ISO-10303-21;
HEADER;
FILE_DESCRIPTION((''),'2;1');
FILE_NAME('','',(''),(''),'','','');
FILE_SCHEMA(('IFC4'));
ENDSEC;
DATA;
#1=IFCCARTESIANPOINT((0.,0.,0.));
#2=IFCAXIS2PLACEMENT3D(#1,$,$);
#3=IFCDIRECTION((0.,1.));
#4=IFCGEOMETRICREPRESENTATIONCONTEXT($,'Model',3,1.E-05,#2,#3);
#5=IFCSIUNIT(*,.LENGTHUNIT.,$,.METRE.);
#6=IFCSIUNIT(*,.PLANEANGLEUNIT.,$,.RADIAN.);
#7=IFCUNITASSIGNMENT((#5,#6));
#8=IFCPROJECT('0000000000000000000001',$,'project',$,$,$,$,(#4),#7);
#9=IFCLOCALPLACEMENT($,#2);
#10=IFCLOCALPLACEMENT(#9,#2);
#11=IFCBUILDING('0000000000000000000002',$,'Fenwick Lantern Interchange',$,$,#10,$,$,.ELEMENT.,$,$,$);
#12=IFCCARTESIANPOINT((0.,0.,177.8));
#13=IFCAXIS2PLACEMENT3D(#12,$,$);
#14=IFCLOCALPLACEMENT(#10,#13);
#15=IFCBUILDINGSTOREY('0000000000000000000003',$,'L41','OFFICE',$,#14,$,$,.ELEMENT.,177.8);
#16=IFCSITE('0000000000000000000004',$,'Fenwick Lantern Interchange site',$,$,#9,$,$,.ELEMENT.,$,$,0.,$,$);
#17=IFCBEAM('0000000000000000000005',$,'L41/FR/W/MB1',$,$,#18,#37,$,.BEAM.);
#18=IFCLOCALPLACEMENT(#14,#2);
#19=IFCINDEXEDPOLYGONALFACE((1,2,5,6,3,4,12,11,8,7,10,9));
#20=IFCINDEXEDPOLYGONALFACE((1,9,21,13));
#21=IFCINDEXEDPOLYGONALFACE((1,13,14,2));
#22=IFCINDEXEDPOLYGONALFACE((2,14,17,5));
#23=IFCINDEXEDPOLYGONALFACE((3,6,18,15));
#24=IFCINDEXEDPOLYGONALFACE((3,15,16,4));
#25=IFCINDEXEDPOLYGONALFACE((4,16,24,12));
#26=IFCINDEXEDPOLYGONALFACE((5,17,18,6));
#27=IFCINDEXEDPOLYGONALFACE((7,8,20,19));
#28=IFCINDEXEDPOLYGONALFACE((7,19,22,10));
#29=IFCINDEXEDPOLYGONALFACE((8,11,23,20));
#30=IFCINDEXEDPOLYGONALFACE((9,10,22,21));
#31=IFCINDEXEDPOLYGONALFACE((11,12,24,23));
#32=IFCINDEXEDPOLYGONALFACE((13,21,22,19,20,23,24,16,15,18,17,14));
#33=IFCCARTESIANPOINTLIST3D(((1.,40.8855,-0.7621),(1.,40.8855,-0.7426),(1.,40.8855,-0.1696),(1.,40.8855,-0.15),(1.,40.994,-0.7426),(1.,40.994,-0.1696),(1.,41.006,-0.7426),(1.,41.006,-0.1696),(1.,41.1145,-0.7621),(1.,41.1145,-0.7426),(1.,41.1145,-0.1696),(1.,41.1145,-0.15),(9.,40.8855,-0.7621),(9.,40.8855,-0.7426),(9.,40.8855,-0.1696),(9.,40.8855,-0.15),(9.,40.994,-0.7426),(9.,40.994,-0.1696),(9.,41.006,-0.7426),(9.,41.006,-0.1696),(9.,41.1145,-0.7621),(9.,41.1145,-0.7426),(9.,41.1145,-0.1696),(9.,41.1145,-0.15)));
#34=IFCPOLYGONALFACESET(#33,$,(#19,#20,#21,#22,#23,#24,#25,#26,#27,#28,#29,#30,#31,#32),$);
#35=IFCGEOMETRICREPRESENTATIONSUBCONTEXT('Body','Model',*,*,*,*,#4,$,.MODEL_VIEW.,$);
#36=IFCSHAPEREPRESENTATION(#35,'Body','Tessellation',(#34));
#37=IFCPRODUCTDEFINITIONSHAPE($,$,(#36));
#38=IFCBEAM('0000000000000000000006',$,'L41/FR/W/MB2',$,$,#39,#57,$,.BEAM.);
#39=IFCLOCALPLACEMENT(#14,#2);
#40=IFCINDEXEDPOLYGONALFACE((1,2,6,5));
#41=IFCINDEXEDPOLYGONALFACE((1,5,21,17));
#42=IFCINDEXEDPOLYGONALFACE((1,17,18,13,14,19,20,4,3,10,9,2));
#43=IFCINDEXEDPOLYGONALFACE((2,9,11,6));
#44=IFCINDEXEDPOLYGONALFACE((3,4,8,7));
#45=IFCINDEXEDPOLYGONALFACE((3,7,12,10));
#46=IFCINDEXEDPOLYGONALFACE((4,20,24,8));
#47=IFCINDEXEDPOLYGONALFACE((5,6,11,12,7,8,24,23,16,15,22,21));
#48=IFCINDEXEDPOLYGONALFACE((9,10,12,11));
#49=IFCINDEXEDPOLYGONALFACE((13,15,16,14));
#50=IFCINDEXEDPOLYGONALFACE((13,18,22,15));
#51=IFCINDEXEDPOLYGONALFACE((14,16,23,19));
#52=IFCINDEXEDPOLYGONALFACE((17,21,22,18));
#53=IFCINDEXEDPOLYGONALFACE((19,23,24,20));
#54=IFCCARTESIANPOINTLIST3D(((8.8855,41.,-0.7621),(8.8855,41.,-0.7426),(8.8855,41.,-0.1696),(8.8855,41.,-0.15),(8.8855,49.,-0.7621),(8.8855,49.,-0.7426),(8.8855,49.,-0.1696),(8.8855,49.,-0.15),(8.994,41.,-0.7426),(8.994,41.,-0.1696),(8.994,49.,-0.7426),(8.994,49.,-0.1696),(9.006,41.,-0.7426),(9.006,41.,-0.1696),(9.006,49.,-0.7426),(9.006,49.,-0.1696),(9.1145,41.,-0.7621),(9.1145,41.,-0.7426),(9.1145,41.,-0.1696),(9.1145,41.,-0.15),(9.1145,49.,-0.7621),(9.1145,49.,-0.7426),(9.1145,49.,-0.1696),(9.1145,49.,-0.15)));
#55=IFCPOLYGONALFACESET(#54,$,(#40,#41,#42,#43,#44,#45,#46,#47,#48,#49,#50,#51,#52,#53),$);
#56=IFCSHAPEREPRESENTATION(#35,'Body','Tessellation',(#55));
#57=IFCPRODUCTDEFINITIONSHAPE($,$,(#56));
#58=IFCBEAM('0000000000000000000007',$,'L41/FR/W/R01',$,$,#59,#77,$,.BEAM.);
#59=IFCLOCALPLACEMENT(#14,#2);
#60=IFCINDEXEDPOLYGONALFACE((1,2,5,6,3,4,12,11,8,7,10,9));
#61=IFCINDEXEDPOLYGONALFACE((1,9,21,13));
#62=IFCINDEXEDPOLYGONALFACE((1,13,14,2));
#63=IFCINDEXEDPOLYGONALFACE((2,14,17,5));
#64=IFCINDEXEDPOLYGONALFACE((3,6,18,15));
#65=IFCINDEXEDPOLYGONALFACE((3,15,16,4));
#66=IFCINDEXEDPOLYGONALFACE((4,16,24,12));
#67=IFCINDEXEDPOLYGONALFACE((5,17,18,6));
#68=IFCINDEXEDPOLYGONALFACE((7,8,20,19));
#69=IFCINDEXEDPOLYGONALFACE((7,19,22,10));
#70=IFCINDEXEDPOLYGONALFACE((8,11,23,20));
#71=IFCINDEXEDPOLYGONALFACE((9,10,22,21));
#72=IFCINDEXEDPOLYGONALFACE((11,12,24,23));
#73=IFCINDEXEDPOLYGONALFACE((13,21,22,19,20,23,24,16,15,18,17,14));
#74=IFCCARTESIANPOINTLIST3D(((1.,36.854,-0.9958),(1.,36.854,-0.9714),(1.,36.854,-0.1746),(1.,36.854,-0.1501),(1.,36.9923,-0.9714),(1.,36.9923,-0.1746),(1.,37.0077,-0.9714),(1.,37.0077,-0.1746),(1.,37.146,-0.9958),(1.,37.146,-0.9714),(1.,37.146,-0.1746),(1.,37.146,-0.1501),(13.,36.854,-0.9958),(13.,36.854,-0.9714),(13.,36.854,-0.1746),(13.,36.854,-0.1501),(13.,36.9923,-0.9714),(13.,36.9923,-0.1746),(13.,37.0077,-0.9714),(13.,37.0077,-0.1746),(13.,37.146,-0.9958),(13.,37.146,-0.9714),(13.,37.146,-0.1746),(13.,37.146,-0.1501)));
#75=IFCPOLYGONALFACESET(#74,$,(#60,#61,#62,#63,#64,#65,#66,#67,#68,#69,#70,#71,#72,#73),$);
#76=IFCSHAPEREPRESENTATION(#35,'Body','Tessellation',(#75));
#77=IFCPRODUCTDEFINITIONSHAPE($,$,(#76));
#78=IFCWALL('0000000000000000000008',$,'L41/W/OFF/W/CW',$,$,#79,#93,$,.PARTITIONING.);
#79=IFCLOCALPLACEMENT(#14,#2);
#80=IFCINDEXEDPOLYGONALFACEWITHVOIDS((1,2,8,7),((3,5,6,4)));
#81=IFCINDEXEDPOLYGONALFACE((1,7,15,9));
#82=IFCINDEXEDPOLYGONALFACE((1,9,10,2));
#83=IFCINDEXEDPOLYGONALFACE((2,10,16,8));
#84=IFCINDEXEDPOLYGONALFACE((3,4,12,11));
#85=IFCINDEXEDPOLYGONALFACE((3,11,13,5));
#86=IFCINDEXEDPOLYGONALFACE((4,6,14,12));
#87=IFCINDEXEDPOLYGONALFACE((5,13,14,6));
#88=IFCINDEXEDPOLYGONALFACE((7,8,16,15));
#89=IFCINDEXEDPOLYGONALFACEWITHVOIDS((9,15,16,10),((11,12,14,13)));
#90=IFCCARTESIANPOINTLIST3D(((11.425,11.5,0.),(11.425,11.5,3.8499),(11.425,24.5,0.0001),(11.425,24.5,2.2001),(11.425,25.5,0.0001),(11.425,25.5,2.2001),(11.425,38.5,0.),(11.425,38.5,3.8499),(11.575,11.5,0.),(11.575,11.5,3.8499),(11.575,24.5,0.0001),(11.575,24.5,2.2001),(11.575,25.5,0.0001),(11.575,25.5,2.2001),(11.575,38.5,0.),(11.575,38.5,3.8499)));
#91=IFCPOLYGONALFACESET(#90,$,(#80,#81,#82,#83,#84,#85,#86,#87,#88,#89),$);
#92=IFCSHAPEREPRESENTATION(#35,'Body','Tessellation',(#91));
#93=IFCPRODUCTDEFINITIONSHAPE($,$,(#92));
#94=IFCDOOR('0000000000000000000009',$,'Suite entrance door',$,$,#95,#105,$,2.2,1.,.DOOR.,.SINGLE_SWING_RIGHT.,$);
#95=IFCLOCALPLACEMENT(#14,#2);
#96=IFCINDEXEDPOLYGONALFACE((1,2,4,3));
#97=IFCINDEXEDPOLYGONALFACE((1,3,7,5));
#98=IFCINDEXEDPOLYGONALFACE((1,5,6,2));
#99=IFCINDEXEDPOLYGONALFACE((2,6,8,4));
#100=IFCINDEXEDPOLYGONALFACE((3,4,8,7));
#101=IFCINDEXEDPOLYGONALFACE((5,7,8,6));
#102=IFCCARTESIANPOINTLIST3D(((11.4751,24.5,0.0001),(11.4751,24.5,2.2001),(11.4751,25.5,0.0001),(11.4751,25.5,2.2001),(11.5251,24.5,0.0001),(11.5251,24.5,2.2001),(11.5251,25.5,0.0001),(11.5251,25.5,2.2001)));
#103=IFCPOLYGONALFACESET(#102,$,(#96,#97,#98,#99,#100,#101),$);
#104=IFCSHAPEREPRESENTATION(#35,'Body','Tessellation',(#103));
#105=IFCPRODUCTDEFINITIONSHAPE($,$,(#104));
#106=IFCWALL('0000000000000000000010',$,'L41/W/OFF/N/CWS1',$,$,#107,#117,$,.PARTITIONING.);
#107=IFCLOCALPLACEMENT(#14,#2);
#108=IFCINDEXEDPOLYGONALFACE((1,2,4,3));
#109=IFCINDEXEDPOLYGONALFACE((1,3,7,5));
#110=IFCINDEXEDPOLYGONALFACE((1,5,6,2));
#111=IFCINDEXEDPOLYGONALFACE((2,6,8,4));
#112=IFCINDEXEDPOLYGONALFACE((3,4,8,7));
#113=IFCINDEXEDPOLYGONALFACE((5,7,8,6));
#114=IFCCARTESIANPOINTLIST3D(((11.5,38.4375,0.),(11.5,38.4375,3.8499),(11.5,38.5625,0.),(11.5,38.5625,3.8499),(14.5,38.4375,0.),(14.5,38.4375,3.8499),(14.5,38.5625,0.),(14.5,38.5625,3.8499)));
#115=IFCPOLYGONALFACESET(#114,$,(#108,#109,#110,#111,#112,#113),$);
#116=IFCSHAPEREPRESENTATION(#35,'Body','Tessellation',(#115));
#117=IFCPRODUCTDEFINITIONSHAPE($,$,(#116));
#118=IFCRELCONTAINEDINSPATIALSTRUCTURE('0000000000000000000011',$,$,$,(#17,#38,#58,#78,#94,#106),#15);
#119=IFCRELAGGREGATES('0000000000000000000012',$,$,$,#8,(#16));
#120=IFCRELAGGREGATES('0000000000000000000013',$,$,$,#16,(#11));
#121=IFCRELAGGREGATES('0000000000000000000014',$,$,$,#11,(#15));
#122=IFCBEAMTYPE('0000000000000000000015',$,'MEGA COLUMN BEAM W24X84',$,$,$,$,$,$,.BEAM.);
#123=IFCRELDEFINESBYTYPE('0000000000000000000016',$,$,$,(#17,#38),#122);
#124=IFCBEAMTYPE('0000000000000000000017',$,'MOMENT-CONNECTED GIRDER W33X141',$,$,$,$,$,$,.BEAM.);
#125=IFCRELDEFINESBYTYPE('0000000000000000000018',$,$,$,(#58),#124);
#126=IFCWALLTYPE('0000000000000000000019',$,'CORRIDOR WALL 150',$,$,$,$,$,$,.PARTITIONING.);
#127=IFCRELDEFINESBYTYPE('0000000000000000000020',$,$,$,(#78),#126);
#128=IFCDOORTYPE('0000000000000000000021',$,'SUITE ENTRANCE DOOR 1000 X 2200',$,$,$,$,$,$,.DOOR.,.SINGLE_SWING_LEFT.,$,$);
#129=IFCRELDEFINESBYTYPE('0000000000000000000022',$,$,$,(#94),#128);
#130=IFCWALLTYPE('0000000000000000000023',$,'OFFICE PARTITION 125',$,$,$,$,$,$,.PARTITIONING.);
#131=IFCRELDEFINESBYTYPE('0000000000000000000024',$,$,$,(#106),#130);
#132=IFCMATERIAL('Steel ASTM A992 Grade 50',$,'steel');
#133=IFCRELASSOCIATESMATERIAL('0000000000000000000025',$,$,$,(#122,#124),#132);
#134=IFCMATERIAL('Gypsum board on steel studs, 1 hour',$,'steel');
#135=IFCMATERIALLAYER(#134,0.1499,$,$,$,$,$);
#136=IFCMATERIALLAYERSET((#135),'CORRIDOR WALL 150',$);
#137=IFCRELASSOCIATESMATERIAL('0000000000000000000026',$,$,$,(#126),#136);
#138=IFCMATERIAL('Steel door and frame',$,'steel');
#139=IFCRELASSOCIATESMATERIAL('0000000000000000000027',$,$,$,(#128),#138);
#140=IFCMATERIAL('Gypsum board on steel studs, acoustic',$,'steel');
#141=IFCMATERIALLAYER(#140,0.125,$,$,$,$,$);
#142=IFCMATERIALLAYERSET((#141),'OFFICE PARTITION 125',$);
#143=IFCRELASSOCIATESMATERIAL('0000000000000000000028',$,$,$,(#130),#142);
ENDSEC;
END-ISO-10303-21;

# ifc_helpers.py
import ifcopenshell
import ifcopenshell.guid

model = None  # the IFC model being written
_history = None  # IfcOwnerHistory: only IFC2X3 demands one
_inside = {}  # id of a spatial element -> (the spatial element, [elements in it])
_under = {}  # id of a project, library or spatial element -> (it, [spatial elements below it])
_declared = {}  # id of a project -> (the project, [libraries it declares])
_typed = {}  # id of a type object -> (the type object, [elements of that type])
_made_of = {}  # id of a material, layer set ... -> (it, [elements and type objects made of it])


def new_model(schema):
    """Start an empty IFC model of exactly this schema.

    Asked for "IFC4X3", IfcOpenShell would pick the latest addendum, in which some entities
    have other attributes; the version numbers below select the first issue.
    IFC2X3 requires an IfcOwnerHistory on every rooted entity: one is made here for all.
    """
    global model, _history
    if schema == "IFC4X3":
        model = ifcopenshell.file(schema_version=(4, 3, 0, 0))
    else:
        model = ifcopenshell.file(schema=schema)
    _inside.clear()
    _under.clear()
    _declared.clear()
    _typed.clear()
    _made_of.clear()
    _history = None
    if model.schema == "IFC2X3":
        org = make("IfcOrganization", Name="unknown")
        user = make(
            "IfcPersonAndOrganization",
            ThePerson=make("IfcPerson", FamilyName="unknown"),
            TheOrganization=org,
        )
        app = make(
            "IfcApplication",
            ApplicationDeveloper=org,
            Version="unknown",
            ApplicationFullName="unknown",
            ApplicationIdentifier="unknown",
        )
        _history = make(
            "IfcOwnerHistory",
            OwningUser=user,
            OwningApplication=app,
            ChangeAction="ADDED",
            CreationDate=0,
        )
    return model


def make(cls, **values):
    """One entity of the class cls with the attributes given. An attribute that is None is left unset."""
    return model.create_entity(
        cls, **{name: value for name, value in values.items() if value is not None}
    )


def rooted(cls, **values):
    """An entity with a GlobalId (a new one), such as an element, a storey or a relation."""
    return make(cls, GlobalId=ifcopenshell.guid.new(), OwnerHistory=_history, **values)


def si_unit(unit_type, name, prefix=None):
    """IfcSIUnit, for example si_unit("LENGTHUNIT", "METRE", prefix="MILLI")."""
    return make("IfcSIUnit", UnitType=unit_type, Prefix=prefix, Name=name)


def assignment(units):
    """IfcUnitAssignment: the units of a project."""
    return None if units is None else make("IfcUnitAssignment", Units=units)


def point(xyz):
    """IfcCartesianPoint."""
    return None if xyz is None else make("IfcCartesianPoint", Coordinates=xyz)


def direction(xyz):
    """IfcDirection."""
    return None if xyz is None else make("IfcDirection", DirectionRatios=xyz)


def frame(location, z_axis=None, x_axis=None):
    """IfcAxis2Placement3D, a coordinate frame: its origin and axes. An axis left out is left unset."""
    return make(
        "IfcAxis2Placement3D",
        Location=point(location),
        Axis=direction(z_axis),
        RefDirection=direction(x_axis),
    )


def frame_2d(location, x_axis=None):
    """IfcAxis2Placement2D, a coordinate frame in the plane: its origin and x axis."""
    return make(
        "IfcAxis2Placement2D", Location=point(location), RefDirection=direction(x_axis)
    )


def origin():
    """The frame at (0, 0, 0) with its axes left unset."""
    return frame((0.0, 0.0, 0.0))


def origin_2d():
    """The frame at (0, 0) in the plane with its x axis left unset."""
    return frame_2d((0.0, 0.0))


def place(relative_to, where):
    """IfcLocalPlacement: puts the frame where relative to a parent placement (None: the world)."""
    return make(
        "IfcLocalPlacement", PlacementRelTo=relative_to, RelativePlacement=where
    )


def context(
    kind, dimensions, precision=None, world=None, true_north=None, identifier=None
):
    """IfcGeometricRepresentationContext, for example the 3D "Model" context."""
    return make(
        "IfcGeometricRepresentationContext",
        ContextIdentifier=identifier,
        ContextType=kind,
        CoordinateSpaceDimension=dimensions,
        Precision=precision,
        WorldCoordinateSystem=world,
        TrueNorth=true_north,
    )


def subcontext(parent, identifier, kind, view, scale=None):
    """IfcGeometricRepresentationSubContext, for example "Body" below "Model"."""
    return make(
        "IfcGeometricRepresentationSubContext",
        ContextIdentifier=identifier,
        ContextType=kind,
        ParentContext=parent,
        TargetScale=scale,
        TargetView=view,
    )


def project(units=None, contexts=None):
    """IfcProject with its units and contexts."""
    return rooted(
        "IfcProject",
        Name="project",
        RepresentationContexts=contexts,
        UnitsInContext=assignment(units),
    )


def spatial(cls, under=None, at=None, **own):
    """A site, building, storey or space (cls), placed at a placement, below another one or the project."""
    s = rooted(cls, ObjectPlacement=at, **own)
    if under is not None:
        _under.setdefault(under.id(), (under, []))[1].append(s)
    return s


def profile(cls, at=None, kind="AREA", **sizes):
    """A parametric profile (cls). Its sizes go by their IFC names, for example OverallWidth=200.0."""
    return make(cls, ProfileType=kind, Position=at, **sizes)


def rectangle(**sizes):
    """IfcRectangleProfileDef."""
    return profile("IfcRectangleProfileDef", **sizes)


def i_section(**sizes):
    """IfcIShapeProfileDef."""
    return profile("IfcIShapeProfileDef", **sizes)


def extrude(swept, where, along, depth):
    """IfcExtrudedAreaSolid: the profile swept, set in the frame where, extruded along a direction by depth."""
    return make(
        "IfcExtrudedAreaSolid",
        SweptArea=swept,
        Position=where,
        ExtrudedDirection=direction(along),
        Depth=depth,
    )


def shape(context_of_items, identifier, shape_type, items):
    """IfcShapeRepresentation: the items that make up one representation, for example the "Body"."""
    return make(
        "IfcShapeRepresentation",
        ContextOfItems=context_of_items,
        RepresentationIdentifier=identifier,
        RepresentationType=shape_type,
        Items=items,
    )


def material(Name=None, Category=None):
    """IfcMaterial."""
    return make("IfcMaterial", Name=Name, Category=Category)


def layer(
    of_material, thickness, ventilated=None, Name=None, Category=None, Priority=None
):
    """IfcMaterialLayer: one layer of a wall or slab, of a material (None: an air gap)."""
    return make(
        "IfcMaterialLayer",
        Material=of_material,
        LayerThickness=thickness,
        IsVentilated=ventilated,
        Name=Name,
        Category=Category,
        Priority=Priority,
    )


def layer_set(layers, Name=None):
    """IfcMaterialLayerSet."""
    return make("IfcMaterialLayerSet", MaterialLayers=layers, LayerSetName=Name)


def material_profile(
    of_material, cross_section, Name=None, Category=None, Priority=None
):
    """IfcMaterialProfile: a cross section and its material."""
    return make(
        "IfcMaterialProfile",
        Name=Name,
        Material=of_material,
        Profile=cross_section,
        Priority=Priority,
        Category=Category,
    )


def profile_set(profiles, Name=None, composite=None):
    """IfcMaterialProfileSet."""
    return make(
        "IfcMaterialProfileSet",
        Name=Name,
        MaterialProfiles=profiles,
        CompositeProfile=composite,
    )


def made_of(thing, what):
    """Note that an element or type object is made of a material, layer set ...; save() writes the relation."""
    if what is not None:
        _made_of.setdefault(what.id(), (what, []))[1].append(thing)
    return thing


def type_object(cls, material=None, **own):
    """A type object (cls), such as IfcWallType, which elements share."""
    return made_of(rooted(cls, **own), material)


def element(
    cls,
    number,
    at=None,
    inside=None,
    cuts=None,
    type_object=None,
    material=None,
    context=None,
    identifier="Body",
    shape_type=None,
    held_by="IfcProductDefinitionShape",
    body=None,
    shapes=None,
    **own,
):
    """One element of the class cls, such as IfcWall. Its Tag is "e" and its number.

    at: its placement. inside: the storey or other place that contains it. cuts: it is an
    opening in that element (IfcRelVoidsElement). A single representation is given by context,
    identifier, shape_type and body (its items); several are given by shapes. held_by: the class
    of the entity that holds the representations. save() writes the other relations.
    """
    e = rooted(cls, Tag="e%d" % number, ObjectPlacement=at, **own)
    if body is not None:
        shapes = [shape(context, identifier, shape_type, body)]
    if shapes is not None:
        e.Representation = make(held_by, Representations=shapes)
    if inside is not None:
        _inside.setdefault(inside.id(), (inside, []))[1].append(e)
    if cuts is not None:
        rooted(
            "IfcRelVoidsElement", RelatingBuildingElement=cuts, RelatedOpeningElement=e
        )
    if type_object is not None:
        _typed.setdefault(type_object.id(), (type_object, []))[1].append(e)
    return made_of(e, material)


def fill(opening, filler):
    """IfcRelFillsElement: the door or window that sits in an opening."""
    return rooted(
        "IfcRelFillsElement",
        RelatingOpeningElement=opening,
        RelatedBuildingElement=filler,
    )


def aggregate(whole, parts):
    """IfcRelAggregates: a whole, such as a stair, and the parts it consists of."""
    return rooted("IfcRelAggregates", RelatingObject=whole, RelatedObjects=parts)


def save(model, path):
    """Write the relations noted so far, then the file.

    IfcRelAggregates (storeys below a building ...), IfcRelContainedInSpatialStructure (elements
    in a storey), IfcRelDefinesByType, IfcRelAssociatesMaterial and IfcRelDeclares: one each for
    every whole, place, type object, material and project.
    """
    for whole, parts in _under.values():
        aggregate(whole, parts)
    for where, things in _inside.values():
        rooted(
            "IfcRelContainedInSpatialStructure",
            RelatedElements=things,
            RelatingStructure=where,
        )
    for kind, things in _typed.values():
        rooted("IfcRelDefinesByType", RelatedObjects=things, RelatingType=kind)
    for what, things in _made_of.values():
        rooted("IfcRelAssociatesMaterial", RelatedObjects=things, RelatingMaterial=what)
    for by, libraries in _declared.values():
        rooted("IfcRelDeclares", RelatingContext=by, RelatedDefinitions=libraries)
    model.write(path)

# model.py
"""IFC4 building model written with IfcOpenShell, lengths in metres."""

from ifc_helpers import new_model, si_unit, direction, frame, frame_2d, origin, origin_2d, place, context, subcontext, project, spatial, rectangle, i_section, extrude, material, layer, layer_set, material_profile, profile_set, type_object, element, fill, save


model = new_model("IFC4")

# Units and contexts
model_context = context("Model", 3, precision=1e-05, world=origin(), true_north=direction((0.0, 1.0)))
body_context = subcontext(model_context, "Body", "Model", "MODEL_VIEW")
ifc_project = project(units=[si_unit("LENGTHUNIT", "METRE"), si_unit("PLANEANGLEUNIT", "RADIAN")], contexts=[model_context])

# Site, building, storey
site_placement = place(None, origin())
site = spatial("IfcSite", under=ifc_project, at=site_placement, Name="Fenwick Lantern Interchange site", CompositionType="ELEMENT", RefElevation=0.0)
building_placement = place(site_placement, origin())
building = spatial("IfcBuilding", under=site, at=building_placement, Name="Fenwick Lantern Interchange", CompositionType="ELEMENT")
storey_placement = place(building_placement, frame((0.0, 0.0, 177.8)))
storey = spatial("IfcBuildingStorey", under=building, at=storey_placement, Name="L41", Description="OFFICE", CompositionType="ELEMENT", Elevation=177.8)

# Beams
ifc_material_1 = material(Name="Steel ASTM A992 Grade 50", Category="steel")
ifc_material_profile_1 = material_profile(ifc_material_1, i_section(OverallWidth=0.229, OverallDepth=0.6121, WebThickness=0.012, FlangeThickness=0.0195, at=origin_2d()), Name="W24X84")
ifc_profile_set_1 = profile_set([ifc_material_profile_1], Name="Steel ASTM A992 Grade 50")
beam_type_1 = type_object("IfcBeamType", Name="MEGA COLUMN BEAM W24X84", PredefinedType="BEAM", material=ifc_profile_set_1)
for number, where, z_axis, x_axis, name in (
    (1, (9.0, 41.0, -0.4561), (-1.0, 0.0, 0.0), (0.0, -1.0, 0.0), "L41/FR/W/MB1"),
    (2, (9.0, 41.0, -0.4561), (0.0, 1.0, 0.0), (-1.0, 0.0, 0.0), "L41/FR/W/MB2"),
):
    element("IfcBeam", number, at=place(storey_placement, frame(where, z_axis=z_axis, x_axis=x_axis)), inside=storey, type_object=beam_type_1, Name=name, PredefinedType="BEAM", context=body_context, shape_type="SweptSolid", body=[
        extrude(i_section(OverallWidth=0.229, OverallDepth=0.6121, WebThickness=0.012, FlangeThickness=0.0195, at=origin_2d()), origin(), (0.0, 0.0, 1.0), 8.0),
    ])
ifc_material_profile_2 = material_profile(ifc_material_1, i_section(OverallWidth=0.292, OverallDepth=0.8457, WebThickness=0.0154, FlangeThickness=0.0244, at=origin_2d()), Name="W33X141")
ifc_profile_set_2 = profile_set([ifc_material_profile_2], Name="Steel ASTM A992 Grade 50")
beam_type_2 = type_object("IfcBeamType", Name="MOMENT-CONNECTED GIRDER W33X141", PredefinedType="BEAM", material=ifc_profile_set_2)
beam_1_placement = place(storey_placement, frame((1.0, 37.0, -0.573), z_axis=(1.0, 0.0, 0.0), x_axis=(0.0, 1.0, 0.0)))
element("IfcBeam", 3, at=beam_1_placement, inside=storey, type_object=beam_type_2, Name="L41/FR/W/R01", PredefinedType="BEAM", context=body_context, shape_type="SweptSolid", body=[
    extrude(i_section(OverallWidth=0.292, OverallDepth=0.8457, WebThickness=0.0154, FlangeThickness=0.0244, at=origin_2d()), origin(), (0.0, 0.0, 1.0), 12.0),
])

# Wall, opening, door
ifc_material_2 = material(Name="Gypsum board on steel studs, 1 hour", Category="steel")
ifc_layer_1 = layer(ifc_material_2, 0.1499)
ifc_layer_set_1 = layer_set([ifc_layer_1], Name="CORRIDOR WALL 150")
wall_type_1 = type_object("IfcWallType", Name="CORRIDOR WALL 150", PredefinedType="PARTITIONING", material=ifc_layer_set_1)
wall_1_placement = place(storey_placement, frame((11.5, 38.5, 0.0), z_axis=(0.0, 0.0, 1.0), x_axis=(0.0, -1.0, 0.0)))
wall_1 = element("IfcWall", 4, at=wall_1_placement, inside=storey, type_object=wall_type_1, Name="L41/W/OFF/W/CW", PredefinedType="PARTITIONING", context=body_context, shape_type="SweptSolid", body=[
    extrude(rectangle(XDim=27.0, YDim=0.1499, at=frame_2d((13.5, 0.0))), origin(), (0.0, 0.0, 1.0), 3.8499),
])
opening_placement = place(wall_1_placement, frame((13.0, 0.0, 0.0)))
opening = element("IfcOpeningElement", 5, at=opening_placement, cuts=wall_1, PredefinedType="OPENING", context=body_context, shape_type="SweptSolid", body=[
    extrude(rectangle(XDim=1.0, YDim=2.2, at=frame_2d((0.5, 1.1001))), frame((0.0, 0.085, 0.0), z_axis=(0.0, -1.0, 0.0), x_axis=(1.0, 0.0, 0.0)), (0.0, 0.0, 1.0), 0.1699),
])
ifc_material_3 = material(Name="Steel door and frame", Category="steel")
door_type = type_object("IfcDoorType", Name="SUITE ENTRANCE DOOR 1000 X 2200", OperationType="SINGLE_SWING_LEFT", PredefinedType="DOOR", material=ifc_material_3)
door_placement = place(opening_placement, frame((1.0, 0.0, 0.0), z_axis=(0.0, 0.0, 1.0), x_axis=(-1.0, 0.0, 0.0)))
door = element("IfcDoor", 6, at=door_placement, inside=storey, type_object=door_type, Name="Suite entrance door", OperationType="SINGLE_SWING_RIGHT", OverallHeight=2.2, OverallWidth=1.0, PredefinedType="DOOR", context=body_context, shape_type="SweptSolid", body=[
    extrude(rectangle(XDim=1.0, YDim=2.2, at=frame_2d((0.5, 1.1001))), frame((0.0, 0.0249, 0.0), z_axis=(0.0, -1.0, 0.0), x_axis=(1.0, 0.0, 0.0)), (0.0, 0.0, 1.0), 0.05),
])
fill(opening, door)

# Wall
ifc_material_4 = material(Name="Gypsum board on steel studs, acoustic", Category="steel")
ifc_layer_2 = layer(ifc_material_4, 0.125)
ifc_layer_set_2 = layer_set([ifc_layer_2], Name="OFFICE PARTITION 125")
wall_type_2 = type_object("IfcWallType", Name="OFFICE PARTITION 125", PredefinedType="PARTITIONING", material=ifc_layer_set_2)
wall_2_placement = place(storey_placement, frame((14.5, 38.5, 0.0), z_axis=(0.0, 0.0, 1.0), x_axis=(-1.0, 0.0, 0.0)))
element("IfcWall", 7, at=wall_2_placement, inside=storey, type_object=wall_type_2, Name="L41/W/OFF/N/CWS1", PredefinedType="PARTITIONING", context=body_context, shape_type="SweptSolid", body=[
    extrude(rectangle(XDim=3.0, YDim=0.125, at=frame_2d((1.5, 0.0))), origin(), (0.0, 0.0, 1.0), 3.8499),
])

save(model, "model.ifc")
